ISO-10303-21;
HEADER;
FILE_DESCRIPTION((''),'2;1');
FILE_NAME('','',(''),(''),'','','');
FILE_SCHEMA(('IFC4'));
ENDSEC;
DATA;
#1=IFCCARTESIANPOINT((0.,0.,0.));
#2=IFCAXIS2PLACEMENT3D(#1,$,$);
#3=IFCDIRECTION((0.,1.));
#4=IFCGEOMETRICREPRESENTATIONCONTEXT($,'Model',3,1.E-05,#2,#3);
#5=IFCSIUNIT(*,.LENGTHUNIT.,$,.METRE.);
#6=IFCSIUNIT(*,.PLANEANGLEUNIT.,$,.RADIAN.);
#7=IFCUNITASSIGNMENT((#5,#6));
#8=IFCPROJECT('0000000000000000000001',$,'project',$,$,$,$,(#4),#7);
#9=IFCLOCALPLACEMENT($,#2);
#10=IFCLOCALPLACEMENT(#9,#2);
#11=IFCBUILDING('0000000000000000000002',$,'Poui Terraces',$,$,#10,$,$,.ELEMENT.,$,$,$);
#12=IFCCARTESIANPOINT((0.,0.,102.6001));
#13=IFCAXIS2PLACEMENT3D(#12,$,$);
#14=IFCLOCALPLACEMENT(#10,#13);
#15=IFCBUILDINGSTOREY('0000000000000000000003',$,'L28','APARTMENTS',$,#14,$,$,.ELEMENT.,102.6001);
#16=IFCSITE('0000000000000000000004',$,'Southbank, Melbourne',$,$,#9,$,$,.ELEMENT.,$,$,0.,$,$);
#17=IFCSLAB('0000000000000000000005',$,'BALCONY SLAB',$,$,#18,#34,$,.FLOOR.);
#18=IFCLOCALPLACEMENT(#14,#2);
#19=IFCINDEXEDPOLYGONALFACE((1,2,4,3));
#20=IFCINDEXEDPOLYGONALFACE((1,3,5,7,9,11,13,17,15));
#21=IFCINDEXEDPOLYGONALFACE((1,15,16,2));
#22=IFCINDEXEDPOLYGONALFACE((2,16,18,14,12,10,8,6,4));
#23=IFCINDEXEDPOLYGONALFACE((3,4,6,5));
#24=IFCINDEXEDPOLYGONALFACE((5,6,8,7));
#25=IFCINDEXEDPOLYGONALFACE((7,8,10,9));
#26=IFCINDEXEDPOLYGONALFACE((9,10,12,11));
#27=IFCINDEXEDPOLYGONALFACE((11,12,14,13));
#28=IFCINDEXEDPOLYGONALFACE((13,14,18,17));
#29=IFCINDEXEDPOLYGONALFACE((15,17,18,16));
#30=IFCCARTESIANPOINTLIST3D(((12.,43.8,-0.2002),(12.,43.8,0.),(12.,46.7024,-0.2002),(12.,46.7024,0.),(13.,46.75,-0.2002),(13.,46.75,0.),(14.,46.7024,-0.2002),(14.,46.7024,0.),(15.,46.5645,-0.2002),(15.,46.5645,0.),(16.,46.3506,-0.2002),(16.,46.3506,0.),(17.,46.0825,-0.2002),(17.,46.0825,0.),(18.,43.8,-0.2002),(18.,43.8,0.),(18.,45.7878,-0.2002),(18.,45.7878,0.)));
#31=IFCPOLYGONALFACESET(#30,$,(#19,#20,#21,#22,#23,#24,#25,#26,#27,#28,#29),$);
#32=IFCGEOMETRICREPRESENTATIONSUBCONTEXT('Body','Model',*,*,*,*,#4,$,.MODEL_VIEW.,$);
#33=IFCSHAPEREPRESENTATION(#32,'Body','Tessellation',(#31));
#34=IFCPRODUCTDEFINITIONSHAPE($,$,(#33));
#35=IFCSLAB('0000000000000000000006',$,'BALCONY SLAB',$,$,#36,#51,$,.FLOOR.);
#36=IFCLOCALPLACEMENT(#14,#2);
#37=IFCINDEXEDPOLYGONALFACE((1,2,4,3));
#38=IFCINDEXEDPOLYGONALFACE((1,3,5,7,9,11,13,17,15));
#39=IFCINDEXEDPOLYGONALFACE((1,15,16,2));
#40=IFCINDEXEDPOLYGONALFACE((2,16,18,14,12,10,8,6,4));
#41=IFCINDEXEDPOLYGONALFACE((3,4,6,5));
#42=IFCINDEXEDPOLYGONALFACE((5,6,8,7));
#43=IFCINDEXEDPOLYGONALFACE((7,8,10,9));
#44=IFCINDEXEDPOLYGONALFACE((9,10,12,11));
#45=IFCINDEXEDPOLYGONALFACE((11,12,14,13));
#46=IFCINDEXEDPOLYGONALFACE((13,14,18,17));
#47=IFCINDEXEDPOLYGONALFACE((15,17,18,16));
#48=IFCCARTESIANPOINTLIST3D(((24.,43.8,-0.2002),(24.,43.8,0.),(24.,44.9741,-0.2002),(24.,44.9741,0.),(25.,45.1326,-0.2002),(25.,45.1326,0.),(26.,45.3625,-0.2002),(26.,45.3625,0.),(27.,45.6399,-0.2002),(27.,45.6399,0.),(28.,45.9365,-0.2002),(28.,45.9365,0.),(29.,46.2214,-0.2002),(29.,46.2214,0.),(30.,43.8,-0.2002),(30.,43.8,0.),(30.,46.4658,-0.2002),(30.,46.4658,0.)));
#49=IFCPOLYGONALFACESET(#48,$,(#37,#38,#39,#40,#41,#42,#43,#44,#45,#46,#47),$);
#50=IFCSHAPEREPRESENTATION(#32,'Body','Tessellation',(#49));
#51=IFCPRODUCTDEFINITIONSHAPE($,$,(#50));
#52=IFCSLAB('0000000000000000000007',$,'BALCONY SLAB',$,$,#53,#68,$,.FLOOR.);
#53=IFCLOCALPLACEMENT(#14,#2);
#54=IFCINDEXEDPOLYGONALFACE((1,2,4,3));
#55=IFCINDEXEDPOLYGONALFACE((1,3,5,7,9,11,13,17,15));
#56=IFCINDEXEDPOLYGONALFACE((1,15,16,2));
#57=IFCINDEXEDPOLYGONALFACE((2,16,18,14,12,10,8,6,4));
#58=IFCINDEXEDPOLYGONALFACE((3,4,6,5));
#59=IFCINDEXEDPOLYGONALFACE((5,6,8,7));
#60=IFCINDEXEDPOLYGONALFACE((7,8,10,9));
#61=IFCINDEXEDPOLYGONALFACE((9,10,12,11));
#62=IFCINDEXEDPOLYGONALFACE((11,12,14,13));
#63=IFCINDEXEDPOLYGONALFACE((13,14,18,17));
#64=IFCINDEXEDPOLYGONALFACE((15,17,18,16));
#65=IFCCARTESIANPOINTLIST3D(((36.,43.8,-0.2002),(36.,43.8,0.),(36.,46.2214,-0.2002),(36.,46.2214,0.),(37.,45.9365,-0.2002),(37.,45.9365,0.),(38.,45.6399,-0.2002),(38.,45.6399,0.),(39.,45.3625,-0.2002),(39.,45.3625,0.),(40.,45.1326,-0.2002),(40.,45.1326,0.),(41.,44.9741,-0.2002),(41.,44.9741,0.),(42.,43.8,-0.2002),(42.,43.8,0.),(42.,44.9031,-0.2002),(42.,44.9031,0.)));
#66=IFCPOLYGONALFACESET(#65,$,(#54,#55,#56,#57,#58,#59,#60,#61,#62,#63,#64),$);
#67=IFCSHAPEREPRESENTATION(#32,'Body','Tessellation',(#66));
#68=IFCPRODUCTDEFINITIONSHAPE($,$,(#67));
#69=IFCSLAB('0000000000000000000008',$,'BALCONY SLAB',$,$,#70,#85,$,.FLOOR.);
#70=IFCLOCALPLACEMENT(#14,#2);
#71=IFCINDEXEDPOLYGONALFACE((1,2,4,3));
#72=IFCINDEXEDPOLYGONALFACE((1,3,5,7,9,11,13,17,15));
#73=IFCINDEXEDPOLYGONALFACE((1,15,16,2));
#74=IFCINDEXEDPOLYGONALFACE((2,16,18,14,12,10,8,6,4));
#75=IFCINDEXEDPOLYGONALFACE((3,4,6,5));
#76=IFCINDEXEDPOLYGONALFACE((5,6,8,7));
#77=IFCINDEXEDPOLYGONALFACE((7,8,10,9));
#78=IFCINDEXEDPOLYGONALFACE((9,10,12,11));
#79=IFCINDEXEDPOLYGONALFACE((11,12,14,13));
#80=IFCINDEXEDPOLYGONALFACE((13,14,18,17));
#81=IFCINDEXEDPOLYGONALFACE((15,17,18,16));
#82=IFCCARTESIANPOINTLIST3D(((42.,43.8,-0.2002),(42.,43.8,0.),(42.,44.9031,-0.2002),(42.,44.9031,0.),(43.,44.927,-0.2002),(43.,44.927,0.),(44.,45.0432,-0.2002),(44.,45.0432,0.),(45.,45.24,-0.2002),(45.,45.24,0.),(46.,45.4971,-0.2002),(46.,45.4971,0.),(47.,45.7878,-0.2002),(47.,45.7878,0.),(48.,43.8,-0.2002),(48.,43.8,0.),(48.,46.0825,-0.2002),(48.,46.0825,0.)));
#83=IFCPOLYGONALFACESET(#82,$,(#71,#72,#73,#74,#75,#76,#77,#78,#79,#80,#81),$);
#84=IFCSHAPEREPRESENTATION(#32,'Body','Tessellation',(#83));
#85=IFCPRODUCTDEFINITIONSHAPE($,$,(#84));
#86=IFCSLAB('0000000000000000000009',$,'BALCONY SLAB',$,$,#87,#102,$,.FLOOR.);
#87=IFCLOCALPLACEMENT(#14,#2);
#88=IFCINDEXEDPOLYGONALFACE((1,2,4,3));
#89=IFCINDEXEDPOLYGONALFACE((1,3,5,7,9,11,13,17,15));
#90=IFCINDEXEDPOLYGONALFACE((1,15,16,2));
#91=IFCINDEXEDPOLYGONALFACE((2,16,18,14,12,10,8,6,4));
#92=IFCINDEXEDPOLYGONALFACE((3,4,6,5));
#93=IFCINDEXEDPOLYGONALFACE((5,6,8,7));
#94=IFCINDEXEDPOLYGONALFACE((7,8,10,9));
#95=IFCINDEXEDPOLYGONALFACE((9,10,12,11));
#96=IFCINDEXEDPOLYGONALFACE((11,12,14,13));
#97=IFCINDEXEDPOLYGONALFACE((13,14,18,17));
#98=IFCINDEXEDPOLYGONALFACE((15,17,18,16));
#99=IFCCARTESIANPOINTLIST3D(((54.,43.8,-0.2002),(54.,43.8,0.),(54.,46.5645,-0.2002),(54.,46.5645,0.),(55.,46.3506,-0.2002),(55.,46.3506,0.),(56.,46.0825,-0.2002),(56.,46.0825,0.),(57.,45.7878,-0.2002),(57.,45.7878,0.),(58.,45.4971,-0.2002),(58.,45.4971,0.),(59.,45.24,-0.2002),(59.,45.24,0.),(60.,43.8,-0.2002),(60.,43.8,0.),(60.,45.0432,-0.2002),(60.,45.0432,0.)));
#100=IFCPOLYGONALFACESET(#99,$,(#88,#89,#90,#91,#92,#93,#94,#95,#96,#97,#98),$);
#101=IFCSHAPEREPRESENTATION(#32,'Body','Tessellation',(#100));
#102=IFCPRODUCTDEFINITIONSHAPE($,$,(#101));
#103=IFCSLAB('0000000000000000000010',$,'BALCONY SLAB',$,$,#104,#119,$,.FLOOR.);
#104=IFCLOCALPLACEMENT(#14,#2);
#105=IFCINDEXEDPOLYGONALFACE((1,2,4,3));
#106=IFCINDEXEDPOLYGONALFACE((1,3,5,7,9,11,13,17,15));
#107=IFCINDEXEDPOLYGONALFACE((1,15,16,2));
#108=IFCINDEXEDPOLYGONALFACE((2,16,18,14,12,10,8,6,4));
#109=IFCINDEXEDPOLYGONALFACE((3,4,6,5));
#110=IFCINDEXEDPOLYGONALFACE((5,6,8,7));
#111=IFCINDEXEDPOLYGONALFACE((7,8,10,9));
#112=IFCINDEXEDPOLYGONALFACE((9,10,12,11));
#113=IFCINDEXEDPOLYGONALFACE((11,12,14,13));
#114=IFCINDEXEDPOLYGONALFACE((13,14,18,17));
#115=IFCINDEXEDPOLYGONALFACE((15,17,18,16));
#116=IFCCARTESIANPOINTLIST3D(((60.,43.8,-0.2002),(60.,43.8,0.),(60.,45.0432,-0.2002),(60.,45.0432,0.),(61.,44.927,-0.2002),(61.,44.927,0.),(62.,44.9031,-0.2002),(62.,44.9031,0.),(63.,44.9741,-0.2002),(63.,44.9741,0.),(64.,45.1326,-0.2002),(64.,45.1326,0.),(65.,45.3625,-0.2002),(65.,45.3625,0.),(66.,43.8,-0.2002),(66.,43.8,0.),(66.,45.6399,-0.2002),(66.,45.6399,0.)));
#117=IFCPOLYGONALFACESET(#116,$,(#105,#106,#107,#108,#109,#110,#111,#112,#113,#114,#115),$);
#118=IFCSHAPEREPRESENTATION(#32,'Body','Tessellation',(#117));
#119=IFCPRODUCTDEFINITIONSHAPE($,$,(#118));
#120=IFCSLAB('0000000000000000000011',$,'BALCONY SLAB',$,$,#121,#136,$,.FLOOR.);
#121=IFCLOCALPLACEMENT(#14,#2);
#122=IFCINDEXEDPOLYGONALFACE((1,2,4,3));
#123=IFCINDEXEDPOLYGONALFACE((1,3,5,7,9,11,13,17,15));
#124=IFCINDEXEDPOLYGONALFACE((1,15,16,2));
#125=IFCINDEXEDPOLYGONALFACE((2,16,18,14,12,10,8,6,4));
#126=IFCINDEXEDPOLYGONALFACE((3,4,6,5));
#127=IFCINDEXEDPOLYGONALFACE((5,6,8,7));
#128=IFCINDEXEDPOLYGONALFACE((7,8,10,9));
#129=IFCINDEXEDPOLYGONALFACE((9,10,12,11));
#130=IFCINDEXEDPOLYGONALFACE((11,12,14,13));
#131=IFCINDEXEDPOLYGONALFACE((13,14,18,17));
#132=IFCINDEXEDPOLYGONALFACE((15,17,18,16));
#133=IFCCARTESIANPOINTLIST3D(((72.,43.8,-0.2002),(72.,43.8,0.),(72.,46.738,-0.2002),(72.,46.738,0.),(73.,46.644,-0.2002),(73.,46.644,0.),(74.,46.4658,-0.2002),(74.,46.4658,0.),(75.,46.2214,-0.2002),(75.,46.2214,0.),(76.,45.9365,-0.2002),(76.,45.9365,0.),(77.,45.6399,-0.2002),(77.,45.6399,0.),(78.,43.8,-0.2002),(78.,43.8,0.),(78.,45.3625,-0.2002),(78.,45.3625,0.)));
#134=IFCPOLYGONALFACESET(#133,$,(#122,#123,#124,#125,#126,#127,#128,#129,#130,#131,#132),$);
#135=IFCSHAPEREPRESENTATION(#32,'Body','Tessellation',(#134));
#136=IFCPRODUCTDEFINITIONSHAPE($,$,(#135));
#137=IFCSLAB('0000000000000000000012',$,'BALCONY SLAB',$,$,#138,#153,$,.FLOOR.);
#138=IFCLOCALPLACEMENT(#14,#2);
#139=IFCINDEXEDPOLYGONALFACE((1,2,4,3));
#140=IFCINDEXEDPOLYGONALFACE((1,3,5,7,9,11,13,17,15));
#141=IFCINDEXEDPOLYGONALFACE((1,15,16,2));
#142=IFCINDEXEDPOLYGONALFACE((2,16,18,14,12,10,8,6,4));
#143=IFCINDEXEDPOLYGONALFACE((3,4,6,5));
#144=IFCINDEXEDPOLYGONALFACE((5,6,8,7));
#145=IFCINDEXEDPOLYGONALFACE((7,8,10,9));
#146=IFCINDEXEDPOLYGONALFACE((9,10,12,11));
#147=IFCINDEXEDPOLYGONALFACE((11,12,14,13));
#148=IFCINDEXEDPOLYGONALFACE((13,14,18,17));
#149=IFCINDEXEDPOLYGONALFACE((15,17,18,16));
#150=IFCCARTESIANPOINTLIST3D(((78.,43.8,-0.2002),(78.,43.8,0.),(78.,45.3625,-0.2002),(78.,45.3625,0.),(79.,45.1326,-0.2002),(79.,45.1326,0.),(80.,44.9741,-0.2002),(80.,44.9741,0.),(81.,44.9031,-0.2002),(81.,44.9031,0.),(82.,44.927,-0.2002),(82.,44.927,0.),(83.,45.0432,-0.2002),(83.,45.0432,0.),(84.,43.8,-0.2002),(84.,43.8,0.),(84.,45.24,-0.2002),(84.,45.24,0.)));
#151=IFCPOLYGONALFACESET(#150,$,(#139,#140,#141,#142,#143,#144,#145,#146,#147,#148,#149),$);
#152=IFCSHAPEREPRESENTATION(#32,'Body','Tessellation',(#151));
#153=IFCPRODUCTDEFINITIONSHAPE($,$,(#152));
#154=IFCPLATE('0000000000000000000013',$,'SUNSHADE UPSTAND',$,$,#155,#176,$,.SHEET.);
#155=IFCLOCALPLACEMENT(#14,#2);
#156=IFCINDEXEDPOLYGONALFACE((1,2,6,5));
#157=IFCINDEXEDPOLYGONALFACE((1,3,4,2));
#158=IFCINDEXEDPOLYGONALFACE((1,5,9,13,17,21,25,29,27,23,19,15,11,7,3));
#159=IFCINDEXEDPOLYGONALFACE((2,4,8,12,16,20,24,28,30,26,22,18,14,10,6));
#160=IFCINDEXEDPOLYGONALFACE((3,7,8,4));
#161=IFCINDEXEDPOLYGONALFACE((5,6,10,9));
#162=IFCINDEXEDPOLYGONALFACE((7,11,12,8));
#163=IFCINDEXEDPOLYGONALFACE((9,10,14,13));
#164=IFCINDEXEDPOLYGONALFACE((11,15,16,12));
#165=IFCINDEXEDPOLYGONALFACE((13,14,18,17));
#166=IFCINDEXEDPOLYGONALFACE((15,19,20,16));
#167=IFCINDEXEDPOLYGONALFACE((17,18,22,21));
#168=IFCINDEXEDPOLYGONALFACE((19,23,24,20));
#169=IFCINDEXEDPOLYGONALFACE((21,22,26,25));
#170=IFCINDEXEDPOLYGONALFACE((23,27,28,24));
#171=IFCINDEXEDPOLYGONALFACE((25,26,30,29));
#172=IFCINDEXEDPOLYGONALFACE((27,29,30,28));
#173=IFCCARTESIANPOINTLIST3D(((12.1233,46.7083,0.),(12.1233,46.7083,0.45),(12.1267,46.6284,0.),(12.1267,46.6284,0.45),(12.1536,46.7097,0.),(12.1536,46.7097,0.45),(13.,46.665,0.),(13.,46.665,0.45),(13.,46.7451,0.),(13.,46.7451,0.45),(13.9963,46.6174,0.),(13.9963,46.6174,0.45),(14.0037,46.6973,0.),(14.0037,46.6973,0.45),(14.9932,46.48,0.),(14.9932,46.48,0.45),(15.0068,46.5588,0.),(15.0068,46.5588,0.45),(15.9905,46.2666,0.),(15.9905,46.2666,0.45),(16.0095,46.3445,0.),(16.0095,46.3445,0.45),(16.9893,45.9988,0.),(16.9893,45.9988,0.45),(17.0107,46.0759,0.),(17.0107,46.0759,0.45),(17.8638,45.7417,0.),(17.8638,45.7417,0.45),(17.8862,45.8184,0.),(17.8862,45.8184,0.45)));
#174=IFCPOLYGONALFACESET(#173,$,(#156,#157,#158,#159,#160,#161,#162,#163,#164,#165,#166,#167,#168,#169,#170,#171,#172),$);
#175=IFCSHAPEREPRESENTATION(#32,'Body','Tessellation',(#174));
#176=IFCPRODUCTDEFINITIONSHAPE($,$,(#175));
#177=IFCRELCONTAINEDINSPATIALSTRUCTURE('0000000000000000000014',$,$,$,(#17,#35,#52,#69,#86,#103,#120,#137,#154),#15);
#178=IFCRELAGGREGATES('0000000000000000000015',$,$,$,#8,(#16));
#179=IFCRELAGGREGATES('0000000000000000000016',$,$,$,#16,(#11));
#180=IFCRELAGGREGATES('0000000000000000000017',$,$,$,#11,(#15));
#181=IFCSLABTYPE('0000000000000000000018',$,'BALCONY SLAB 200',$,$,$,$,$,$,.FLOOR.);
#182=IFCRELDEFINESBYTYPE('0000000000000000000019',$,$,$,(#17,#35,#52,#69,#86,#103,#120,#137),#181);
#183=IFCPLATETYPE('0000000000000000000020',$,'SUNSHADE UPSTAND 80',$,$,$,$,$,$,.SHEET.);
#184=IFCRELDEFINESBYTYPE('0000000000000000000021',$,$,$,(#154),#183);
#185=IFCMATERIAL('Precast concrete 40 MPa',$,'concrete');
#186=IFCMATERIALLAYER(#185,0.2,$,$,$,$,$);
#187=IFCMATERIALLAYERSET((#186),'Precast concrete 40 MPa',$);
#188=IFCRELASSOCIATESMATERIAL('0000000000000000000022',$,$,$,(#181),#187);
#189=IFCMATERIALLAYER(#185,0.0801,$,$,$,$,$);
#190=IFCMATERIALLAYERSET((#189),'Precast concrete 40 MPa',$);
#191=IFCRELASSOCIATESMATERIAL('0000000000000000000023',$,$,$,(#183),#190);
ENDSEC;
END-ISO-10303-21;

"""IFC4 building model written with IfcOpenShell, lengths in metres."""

from ifc_helpers import new_model, si_unit, direction, frame, origin, place, context, subcontext, project, spatial, polyline, outline, extrude, material, layer, layer_set, type_object, element, save


model = new_model("IFC4")

# Units and contexts
model_context = context("Model", 3, precision=1e-05, world=origin(), true_north=direction((0.0, 1.0)))
body_context = subcontext(model_context, "Body", "Model", "MODEL_VIEW")
ifc_project = project(units=[si_unit("LENGTHUNIT", "METRE"), si_unit("PLANEANGLEUNIT", "RADIAN")], contexts=[model_context])

# Site, building, storey
site_placement = place(None, origin())
site = spatial("IfcSite", under=ifc_project, at=site_placement, Name="Southbank, Melbourne", CompositionType="ELEMENT", RefElevation=0.0)
building_placement = place(site_placement, origin())
building = spatial("IfcBuilding", under=site, at=building_placement, Name="Poui Terraces", CompositionType="ELEMENT")
storey_placement = place(building_placement, frame((0.0, 0.0, 102.6001)))
storey = spatial("IfcBuildingStorey", under=building, at=storey_placement, Name="L28", Description="APARTMENTS", CompositionType="ELEMENT", Elevation=102.6001)

# Slabs
ifc_material_1 = material(Name="Precast concrete 40 MPa", Category="concrete")
ifc_layer_1 = layer(ifc_material_1, 0.2)
ifc_layer_set_1 = layer_set([ifc_layer_1], Name="Precast concrete 40 MPa")
slab_type_1 = type_object("IfcSlabType", Name="BALCONY SLAB 200", PredefinedType="FLOOR", material=ifc_layer_set_1)
slab_1_placement = place(storey_placement, frame((0.0, 0.0, -0.2002)))
element("IfcSlab", 1, at=slab_1_placement, inside=storey, type_object=slab_type_1, Name="BALCONY SLAB", PredefinedType="FLOOR", context=body_context, shape_type="SweptSolid", body=[
    extrude(outline(polyline([(12.0, 43.8), (18.0, 43.8), (18.0, 45.7878), (17.0, 46.0825), (16.0, 46.3506), (15.0, 46.5645), (14.0, 46.7024), (13.0, 46.75), (12.0, 46.7024), (12.0, 43.8)])), origin(), (0.0, 0.0, 1.0), 0.2002),
])
slab_2_placement = place(storey_placement, frame((0.0, 0.0, -0.2002)))
element("IfcSlab", 2, at=slab_2_placement, inside=storey, type_object=slab_type_1, Name="BALCONY SLAB", PredefinedType="FLOOR", context=body_context, shape_type="SweptSolid", body=[
    extrude(outline(polyline([(24.0, 43.8), (30.0, 43.8), (30.0, 46.4658), (29.0, 46.2214), (28.0, 45.9365), (27.0, 45.6399), (26.0, 45.3625), (25.0, 45.1326), (24.0, 44.9741), (24.0, 43.8)])), origin(), (0.0, 0.0, 1.0), 0.2002),
])
slab_3_placement = place(storey_placement, frame((0.0, 0.0, -0.2002)))
element("IfcSlab", 3, at=slab_3_placement, inside=storey, type_object=slab_type_1, Name="BALCONY SLAB", PredefinedType="FLOOR", context=body_context, shape_type="SweptSolid", body=[
    extrude(outline(polyline([(36.0, 43.8), (42.0, 43.8), (42.0, 44.9031), (41.0, 44.9741), (40.0, 45.1326), (39.0, 45.3625), (38.0, 45.6399), (37.0, 45.9365), (36.0, 46.2214), (36.0, 43.8)])), origin(), (0.0, 0.0, 1.0), 0.2002),
])
slab_4_placement = place(storey_placement, frame((0.0, 0.0, -0.2002)))
element("IfcSlab", 4, at=slab_4_placement, inside=storey, type_object=slab_type_1, Name="BALCONY SLAB", PredefinedType="FLOOR", context=body_context, shape_type="SweptSolid", body=[
    extrude(outline(polyline([(42.0, 43.8), (48.0, 43.8), (48.0, 46.0825), (47.0, 45.7878), (46.0, 45.4971), (45.0, 45.24), (44.0, 45.0432), (43.0, 44.927), (42.0, 44.9031), (42.0, 43.8)])), origin(), (0.0, 0.0, 1.0), 0.2002),
])
slab_5_placement = place(storey_placement, frame((0.0, 0.0, -0.2002)))
element("IfcSlab", 5, at=slab_5_placement, inside=storey, type_object=slab_type_1, Name="BALCONY SLAB", PredefinedType="FLOOR", context=body_context, shape_type="SweptSolid", body=[
    extrude(outline(polyline([(54.0, 43.8), (60.0, 43.8), (60.0, 45.0432), (59.0, 45.24), (58.0, 45.4971), (57.0, 45.7878), (56.0, 46.0825), (55.0, 46.3506), (54.0, 46.5645), (54.0, 43.8)])), origin(), (0.0, 0.0, 1.0), 0.2002),
])
slab_6_placement = place(storey_placement, frame((0.0, 0.0, -0.2002)))
element("IfcSlab", 6, at=slab_6_placement, inside=storey, type_object=slab_type_1, Name="BALCONY SLAB", PredefinedType="FLOOR", context=body_context, shape_type="SweptSolid", body=[
    extrude(outline(polyline([(60.0, 43.8), (66.0, 43.8), (66.0, 45.6399), (65.0, 45.3625), (64.0, 45.1326), (63.0, 44.9741), (62.0, 44.9031), (61.0, 44.927), (60.0, 45.0432), (60.0, 43.8)])), origin(), (0.0, 0.0, 1.0), 0.2002),
])
slab_7_placement = place(storey_placement, frame((0.0, 0.0, -0.2002)))
element("IfcSlab", 7, at=slab_7_placement, inside=storey, type_object=slab_type_1, Name="BALCONY SLAB", PredefinedType="FLOOR", context=body_context, shape_type="SweptSolid", body=[
    extrude(outline(polyline([(72.0, 43.8), (78.0, 43.8), (78.0, 45.3625), (77.0, 45.6399), (76.0, 45.9365), (75.0, 46.2214), (74.0, 46.4658), (73.0, 46.644), (72.0, 46.738), (72.0, 43.8)])), origin(), (0.0, 0.0, 1.0), 0.2002),
])
slab_8_placement = place(storey_placement, frame((0.0, 0.0, -0.2002)))
element("IfcSlab", 8, at=slab_8_placement, inside=storey, type_object=slab_type_1, Name="BALCONY SLAB", PredefinedType="FLOOR", context=body_context, shape_type="SweptSolid", body=[
    extrude(outline(polyline([(78.0, 43.8), (84.0, 43.8), (84.0, 45.24), (83.0, 45.0432), (82.0, 44.927), (81.0, 44.9031), (80.0, 44.9741), (79.0, 45.1326), (78.0, 45.3625), (78.0, 43.8)])), origin(), (0.0, 0.0, 1.0), 0.2002),
])

# Plate
ifc_layer_2 = layer(ifc_material_1, 0.0801)
ifc_layer_set_2 = layer_set([ifc_layer_2], Name="Precast concrete 40 MPa")
plate_type = type_object("IfcPlateType", Name="SUNSHADE UPSTAND 80", PredefinedType="SHEET", material=ifc_layer_set_2)
plate_1_placement = place(storey_placement, origin())
element("IfcPlate", 9, at=plate_1_placement, inside=storey, type_object=plate_type, Name="SUNSHADE UPSTAND", PredefinedType="SHEET", context=body_context, shape_type="SweptSolid", body=[
    extrude(outline(polyline([(13.0, 46.7451), (12.1536, 46.7097), (12.1233, 46.7083), (12.1267, 46.6284), (13.0, 46.665), (13.9963, 46.6174), (14.9932, 46.48), (15.9905, 46.2666), (16.9893, 45.9988), (17.8638, 45.7417), (17.8862, 45.8184), (17.0107, 46.0759), (16.0095, 46.3445), (15.0068, 46.5588), (14.0037, 46.6973), (13.0, 46.7451)])), origin(), (0.0, 0.0, 1.0), 0.45),
])

save(model, "model.ifc")
